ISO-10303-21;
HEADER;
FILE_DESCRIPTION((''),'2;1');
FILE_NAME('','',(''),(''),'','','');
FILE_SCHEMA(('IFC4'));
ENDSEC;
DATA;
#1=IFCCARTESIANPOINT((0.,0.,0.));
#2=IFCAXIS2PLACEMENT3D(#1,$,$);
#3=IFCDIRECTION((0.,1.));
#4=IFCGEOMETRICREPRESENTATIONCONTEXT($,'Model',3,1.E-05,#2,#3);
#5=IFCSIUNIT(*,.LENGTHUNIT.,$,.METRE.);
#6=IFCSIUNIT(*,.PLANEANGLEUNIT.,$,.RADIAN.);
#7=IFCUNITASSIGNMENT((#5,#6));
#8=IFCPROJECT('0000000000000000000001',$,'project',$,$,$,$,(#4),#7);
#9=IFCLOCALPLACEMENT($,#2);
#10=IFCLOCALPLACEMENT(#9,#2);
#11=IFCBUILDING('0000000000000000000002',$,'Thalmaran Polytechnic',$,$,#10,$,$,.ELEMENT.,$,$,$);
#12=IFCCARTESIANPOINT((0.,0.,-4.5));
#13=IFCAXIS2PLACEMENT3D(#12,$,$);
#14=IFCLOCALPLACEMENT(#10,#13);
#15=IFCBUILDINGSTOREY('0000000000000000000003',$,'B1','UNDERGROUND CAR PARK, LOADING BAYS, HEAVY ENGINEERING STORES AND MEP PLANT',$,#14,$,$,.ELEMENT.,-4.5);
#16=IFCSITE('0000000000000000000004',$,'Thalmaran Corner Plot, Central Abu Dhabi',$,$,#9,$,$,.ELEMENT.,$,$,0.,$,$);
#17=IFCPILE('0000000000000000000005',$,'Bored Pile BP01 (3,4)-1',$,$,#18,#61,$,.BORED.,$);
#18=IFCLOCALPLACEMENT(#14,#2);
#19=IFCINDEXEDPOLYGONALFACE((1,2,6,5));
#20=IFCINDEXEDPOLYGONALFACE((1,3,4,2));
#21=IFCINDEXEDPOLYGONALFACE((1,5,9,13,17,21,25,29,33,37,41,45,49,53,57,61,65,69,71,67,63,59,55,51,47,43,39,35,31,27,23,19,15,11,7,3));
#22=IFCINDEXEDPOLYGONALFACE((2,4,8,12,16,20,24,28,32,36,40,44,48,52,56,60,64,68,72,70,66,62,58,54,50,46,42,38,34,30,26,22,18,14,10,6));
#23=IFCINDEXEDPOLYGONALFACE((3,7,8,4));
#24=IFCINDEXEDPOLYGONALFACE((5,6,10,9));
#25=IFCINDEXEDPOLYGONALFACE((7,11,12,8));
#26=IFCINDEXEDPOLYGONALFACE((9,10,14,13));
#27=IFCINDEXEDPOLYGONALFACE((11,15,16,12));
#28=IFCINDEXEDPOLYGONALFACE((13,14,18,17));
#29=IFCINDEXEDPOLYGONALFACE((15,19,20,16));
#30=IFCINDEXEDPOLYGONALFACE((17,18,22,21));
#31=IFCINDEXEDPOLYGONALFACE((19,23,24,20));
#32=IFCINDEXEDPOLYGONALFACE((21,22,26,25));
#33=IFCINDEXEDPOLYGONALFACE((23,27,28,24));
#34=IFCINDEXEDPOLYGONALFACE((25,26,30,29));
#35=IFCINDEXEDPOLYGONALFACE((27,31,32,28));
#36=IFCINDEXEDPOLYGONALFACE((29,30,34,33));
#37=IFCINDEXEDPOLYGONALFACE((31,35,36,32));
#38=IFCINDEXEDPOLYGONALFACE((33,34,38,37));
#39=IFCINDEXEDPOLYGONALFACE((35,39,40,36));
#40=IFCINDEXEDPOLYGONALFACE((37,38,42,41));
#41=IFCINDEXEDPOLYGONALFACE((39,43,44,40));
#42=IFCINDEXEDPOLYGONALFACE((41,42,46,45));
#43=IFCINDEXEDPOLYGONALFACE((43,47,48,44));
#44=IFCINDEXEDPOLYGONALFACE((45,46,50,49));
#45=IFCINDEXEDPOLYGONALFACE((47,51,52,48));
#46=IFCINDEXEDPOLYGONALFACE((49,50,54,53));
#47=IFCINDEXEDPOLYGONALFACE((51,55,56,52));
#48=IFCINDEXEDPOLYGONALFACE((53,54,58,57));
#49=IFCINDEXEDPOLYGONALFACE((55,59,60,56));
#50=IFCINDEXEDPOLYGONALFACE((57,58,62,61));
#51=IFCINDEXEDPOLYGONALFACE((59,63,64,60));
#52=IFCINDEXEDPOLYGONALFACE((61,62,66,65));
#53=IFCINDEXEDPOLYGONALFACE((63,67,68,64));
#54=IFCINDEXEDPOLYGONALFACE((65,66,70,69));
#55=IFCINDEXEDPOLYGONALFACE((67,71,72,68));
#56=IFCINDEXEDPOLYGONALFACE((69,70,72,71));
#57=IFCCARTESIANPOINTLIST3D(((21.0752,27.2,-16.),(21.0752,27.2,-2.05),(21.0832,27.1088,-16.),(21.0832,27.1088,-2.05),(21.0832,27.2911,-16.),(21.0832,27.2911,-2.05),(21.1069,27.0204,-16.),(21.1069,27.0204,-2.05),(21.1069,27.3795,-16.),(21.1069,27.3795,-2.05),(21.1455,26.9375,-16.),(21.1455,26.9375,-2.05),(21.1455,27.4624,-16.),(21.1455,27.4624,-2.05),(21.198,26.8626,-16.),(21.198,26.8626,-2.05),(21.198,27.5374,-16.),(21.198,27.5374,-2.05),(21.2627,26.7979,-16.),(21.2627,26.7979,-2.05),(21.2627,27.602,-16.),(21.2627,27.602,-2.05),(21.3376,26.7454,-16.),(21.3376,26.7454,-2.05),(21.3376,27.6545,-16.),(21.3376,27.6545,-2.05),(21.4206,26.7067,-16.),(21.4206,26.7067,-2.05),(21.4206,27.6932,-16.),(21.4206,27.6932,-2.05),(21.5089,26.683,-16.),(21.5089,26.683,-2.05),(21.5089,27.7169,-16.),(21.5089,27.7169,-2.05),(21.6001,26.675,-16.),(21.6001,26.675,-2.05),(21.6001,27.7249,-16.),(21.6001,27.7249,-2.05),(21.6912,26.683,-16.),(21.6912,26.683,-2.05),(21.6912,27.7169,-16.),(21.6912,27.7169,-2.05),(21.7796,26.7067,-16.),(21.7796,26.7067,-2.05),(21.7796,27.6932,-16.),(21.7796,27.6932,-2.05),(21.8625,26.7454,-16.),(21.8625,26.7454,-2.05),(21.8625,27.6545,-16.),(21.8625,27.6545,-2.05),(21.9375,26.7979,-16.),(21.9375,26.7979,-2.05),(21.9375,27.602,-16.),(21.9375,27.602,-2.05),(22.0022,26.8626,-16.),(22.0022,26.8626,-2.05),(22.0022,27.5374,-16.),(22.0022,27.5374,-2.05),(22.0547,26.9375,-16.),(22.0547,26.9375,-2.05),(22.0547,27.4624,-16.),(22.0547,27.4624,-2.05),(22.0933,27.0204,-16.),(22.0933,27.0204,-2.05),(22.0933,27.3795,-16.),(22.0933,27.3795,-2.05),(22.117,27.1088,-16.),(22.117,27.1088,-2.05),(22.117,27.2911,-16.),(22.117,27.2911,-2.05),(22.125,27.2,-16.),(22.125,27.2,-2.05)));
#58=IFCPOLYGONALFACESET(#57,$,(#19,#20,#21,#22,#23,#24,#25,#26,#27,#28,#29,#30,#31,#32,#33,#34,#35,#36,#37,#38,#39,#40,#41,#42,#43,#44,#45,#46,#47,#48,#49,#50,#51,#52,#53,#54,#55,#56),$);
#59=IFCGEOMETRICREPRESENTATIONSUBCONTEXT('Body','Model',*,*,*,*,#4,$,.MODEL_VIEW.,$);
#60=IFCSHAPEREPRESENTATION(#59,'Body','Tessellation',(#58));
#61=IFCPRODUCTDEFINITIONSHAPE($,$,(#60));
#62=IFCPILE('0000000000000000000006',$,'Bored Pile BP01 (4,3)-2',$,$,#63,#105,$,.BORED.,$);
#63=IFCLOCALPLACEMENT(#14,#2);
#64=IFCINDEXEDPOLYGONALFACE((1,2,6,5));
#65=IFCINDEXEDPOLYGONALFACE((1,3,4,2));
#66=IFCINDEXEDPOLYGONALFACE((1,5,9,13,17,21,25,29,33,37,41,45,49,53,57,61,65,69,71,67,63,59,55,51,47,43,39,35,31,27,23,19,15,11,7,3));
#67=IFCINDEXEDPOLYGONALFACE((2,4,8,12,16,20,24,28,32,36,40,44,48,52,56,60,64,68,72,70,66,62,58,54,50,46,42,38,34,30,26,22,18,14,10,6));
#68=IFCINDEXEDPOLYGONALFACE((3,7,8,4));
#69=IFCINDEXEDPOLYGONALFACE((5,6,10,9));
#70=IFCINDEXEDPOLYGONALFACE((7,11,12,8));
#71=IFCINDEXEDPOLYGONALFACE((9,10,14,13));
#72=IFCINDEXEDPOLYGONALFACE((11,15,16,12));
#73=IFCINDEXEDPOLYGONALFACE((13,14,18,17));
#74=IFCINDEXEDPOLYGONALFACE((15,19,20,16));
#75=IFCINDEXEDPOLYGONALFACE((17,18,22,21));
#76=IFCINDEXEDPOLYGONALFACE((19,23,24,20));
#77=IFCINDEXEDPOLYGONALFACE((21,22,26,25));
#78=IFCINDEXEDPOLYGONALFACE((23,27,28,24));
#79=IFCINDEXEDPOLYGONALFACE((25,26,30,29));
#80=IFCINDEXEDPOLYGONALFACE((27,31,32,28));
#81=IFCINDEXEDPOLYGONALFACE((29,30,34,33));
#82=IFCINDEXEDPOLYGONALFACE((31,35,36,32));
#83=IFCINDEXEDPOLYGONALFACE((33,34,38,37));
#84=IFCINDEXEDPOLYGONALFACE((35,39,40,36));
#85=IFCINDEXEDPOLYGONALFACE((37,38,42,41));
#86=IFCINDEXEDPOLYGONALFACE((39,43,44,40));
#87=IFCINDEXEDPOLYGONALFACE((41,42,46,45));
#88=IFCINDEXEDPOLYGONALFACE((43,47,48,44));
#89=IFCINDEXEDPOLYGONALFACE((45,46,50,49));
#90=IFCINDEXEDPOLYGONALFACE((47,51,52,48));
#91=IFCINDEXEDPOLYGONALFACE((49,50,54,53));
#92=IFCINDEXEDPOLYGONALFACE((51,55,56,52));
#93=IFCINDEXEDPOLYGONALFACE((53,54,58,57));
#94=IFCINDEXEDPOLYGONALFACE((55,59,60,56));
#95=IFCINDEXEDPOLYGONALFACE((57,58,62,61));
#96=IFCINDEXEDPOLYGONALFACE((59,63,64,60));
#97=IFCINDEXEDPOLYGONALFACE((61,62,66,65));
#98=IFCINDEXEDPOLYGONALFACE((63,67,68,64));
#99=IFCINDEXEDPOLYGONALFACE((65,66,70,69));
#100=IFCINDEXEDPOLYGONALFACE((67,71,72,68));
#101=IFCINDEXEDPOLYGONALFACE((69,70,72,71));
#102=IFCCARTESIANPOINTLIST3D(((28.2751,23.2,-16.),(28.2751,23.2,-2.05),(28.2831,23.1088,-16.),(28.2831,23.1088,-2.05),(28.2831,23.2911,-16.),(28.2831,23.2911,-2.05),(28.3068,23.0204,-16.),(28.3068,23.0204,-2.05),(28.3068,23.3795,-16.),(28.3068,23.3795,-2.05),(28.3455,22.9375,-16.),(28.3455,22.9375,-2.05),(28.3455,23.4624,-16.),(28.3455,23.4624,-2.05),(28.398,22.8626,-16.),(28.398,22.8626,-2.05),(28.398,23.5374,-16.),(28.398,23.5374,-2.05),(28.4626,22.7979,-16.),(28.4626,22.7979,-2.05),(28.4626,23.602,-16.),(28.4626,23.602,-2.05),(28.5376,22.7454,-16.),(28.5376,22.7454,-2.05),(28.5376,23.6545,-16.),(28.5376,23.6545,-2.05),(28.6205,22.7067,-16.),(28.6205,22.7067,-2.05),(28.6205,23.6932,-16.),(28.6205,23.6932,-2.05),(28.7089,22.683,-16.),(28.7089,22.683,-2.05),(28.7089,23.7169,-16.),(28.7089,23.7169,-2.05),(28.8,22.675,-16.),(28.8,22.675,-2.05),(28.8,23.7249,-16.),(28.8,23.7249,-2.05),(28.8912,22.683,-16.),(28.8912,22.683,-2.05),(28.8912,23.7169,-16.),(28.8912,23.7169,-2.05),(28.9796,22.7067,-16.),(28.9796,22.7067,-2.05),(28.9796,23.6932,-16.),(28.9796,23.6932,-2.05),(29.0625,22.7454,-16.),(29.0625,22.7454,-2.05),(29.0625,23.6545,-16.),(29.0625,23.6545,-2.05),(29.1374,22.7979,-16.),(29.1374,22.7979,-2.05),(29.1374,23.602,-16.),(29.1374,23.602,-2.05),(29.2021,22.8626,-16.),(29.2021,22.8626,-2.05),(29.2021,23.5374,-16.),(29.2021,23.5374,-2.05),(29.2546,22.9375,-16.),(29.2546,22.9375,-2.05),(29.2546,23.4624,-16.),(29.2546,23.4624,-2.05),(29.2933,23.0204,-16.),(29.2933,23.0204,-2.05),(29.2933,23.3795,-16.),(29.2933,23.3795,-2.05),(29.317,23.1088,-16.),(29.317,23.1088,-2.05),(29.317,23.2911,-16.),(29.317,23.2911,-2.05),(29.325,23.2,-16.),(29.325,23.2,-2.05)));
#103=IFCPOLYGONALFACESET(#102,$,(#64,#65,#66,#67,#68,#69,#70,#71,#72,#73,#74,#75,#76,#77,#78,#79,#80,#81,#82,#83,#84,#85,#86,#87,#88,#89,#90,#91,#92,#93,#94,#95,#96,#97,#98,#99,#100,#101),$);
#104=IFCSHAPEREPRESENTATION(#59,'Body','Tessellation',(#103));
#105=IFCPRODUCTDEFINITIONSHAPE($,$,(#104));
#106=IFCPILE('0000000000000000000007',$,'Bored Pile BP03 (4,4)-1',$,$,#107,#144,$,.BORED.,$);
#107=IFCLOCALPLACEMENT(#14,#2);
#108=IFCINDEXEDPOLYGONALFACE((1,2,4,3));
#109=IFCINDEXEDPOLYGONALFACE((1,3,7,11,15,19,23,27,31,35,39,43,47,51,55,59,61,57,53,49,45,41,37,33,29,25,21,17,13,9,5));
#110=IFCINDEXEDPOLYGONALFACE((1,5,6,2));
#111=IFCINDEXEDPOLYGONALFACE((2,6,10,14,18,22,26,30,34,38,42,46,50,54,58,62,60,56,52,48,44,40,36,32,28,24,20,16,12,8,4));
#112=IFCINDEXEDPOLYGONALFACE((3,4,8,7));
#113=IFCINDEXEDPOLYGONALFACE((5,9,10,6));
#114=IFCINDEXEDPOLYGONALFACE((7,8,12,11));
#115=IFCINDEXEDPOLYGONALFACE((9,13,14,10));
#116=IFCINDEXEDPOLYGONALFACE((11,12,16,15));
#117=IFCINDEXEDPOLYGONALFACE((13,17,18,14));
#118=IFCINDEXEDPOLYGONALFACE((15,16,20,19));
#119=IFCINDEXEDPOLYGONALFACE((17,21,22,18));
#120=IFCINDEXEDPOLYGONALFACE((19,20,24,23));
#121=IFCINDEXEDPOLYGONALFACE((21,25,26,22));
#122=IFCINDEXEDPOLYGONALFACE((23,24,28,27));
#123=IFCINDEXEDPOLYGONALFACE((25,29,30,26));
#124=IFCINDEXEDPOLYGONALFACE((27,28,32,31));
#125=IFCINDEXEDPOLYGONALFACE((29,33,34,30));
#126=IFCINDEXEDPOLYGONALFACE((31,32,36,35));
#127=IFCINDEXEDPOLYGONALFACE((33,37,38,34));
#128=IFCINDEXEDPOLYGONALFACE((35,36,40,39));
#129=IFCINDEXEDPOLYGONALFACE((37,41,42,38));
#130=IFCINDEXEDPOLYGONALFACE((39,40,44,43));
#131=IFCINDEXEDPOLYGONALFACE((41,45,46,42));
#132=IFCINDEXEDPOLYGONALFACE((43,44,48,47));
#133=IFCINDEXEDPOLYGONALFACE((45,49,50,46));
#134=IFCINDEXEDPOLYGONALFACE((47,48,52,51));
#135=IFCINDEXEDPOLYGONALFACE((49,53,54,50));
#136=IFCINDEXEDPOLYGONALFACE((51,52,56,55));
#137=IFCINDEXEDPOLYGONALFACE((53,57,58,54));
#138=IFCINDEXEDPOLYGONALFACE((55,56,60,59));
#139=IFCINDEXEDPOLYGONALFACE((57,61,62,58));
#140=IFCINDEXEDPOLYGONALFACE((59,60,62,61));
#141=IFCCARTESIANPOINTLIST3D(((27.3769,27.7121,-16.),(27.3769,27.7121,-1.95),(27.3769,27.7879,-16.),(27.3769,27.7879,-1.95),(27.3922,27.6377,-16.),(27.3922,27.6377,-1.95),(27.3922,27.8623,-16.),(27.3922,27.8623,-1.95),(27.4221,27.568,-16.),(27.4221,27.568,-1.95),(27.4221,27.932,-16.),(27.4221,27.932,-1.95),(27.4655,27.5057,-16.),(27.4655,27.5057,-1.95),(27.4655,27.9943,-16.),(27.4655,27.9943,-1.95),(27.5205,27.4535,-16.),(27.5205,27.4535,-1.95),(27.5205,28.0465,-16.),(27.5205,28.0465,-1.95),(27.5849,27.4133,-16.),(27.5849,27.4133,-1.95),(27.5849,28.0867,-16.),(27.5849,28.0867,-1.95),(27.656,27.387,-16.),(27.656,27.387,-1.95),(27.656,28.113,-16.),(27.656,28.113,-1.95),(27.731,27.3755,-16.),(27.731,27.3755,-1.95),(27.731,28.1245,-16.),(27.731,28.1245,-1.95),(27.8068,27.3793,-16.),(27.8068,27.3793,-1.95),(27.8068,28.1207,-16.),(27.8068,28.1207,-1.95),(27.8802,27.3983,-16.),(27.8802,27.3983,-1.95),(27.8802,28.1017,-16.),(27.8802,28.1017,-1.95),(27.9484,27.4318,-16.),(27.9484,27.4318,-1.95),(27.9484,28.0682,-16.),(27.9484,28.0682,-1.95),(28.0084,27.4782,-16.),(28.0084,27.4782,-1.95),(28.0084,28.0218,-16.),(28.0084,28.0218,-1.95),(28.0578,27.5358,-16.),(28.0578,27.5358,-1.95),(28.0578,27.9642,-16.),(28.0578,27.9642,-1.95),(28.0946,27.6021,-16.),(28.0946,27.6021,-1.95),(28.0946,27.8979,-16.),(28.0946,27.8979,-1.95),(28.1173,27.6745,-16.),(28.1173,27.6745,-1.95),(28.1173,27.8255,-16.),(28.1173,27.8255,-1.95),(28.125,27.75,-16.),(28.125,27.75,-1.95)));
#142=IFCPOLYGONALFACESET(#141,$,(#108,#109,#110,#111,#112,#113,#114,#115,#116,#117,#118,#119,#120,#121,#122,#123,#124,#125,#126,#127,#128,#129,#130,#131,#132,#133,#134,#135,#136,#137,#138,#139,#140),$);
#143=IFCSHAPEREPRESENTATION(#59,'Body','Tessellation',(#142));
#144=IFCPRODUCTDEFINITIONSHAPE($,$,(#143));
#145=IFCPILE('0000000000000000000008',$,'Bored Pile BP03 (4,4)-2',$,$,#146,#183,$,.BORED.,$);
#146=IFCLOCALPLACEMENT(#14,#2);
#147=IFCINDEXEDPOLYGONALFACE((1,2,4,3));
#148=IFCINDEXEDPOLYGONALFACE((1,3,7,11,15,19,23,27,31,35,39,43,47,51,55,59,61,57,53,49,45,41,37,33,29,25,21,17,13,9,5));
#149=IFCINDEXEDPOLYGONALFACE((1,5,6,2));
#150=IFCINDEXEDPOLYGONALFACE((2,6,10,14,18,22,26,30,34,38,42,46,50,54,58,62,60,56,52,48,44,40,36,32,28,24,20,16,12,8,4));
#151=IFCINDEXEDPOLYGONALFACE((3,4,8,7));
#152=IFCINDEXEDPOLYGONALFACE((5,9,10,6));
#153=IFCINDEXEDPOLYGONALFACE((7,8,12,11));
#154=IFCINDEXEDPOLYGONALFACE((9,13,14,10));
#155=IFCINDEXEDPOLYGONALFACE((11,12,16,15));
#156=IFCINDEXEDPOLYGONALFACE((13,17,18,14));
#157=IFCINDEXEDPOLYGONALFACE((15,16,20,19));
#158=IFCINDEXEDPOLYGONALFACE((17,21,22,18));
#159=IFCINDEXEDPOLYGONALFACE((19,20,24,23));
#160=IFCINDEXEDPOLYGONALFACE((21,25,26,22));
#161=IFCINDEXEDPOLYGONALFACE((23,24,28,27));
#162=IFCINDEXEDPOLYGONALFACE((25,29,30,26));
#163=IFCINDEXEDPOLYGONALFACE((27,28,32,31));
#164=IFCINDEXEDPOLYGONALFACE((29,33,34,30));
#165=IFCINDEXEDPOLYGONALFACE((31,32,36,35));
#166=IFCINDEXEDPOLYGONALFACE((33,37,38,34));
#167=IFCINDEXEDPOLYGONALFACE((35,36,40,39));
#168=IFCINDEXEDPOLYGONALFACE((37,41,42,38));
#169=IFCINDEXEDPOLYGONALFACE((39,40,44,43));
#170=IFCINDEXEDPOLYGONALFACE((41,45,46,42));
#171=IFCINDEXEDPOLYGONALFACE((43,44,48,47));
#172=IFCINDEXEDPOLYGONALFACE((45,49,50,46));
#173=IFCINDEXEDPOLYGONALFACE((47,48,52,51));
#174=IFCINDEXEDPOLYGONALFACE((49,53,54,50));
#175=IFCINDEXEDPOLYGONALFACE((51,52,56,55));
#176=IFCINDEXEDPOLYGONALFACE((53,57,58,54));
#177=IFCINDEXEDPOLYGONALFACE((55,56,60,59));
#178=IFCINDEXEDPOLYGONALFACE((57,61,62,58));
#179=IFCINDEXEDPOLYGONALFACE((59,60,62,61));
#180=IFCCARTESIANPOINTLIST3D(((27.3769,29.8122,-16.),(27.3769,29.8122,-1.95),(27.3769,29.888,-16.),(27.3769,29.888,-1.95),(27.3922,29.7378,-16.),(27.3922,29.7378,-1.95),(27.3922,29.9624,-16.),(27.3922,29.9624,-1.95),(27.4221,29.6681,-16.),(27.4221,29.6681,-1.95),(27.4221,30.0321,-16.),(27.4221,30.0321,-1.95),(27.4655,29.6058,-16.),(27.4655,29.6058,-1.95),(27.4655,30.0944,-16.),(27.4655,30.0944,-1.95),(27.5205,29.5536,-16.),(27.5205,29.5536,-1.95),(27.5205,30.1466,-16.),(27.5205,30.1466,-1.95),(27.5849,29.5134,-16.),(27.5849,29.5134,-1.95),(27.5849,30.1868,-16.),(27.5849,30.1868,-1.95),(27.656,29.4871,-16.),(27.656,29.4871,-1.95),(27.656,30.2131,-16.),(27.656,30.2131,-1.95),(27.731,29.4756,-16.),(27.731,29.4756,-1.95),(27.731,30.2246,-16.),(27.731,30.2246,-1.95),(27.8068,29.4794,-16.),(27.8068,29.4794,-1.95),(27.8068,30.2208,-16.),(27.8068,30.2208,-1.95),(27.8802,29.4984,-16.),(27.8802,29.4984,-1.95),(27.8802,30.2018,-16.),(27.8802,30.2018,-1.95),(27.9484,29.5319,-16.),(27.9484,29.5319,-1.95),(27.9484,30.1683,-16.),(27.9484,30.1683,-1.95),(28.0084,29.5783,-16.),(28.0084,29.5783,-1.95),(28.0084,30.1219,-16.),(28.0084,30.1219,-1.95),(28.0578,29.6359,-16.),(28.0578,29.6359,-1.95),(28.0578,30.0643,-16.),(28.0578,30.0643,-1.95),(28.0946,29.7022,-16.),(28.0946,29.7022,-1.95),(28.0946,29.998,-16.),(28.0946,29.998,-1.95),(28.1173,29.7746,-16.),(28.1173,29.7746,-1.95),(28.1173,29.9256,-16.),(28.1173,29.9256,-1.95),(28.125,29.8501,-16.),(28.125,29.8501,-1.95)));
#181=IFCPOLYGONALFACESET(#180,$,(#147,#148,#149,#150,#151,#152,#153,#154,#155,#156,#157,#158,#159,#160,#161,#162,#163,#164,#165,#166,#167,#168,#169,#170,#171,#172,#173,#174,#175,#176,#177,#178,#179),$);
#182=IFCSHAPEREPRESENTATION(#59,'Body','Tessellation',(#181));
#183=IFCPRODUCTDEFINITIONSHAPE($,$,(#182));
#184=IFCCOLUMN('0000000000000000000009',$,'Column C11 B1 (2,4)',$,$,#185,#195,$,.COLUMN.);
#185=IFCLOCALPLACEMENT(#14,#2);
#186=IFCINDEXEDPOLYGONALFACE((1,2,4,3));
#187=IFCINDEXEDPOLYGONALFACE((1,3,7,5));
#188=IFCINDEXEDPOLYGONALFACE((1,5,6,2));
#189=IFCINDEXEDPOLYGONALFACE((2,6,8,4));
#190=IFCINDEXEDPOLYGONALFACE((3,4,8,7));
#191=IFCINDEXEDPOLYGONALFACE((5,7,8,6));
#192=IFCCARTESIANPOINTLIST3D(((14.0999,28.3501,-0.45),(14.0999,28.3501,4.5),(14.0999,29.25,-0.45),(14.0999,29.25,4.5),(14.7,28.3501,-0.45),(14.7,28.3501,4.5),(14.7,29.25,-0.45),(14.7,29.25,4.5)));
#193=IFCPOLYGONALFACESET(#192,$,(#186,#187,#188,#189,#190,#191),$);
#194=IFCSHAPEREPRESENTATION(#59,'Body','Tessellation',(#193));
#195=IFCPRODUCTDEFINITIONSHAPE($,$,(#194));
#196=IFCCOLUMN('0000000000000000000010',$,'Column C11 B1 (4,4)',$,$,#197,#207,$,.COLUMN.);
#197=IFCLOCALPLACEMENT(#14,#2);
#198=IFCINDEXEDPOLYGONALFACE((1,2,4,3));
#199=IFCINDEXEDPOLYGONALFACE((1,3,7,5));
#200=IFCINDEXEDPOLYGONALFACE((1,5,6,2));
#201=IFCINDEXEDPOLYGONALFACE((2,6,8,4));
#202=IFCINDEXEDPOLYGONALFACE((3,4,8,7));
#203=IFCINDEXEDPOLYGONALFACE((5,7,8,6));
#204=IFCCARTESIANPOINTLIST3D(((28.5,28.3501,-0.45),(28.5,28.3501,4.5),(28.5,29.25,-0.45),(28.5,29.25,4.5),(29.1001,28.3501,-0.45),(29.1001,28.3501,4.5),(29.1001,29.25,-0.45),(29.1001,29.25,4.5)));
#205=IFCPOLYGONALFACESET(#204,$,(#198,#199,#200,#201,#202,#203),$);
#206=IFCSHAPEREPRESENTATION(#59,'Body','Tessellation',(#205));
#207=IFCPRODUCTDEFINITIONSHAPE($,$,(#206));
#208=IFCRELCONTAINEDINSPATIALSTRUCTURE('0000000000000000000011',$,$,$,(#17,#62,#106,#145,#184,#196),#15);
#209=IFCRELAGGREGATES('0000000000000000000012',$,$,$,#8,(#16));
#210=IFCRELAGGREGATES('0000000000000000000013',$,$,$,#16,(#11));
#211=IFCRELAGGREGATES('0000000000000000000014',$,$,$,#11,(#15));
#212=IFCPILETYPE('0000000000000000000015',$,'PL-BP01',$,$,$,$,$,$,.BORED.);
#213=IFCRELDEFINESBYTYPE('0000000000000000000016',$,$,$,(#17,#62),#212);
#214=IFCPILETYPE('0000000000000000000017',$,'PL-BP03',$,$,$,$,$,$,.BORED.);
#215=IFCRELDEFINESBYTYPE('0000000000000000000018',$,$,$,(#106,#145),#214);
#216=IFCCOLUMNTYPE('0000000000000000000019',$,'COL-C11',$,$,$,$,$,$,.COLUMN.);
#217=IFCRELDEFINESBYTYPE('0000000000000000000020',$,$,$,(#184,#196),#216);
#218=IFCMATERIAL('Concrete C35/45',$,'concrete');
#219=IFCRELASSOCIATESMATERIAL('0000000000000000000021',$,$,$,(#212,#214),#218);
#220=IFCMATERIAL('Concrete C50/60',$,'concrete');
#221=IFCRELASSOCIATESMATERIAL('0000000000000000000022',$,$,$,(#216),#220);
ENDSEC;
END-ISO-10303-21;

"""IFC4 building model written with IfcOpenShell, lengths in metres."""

from ifc_helpers import new_model, si_unit, direction, frame, origin, origin_2d, place, context, subcontext, project, spatial, rectangle, circle, extrude, material, material_profile, profile_set, type_object, element, save


model = new_model("IFC4")

# Units and contexts
model_context = context("Model", 3, precision=1e-05, world=origin(), true_north=direction((0.0, 1.0)))
body_context = subcontext(model_context, "Body", "Model", "MODEL_VIEW")
ifc_project = project(units=[si_unit("LENGTHUNIT", "METRE"), si_unit("PLANEANGLEUNIT", "RADIAN")], contexts=[model_context])

# Site, building, storey
site_placement = place(None, origin())
site = spatial("IfcSite", under=ifc_project, at=site_placement, Name="Thalmaran Corner Plot, Central Abu Dhabi", CompositionType="ELEMENT", RefElevation=0.0)
building_placement = place(site_placement, origin())
building = spatial("IfcBuilding", under=site, at=building_placement, Name="Thalmaran Polytechnic", CompositionType="ELEMENT")
storey_placement = place(building_placement, frame((0.0, 0.0, -4.5)))
storey = spatial("IfcBuildingStorey", under=building, at=storey_placement, Name="B1", Description="UNDERGROUND CAR PARK, LOADING BAYS, HEAVY ENGINEERING STORES AND MEP PLANT", CompositionType="ELEMENT", Elevation=-4.5)

# Piles
ifc_material_1 = material(Name="Concrete C35/45", Category="concrete")
ifc_material_profile_1 = material_profile(ifc_material_1, circle(Radius=0.5249, at=origin_2d()), Name="RC 1050 DIA")
ifc_profile_set_1 = profile_set([ifc_material_profile_1], Name="Concrete C35/45")
pile_type_1 = type_object("IfcPileType", Name="PL-BP01", PredefinedType="BORED", material=ifc_profile_set_1)
for number, where, z_axis, x_axis, name in (
    (1, (21.6001, 27.2, -2.05), (0.0, 0.0, -1.0), (1.0, 0.0, 0.0), "Bored Pile BP01 (3,4)-1"),
    (2, (28.8, 23.2, -2.05), (0.0, 0.0, -1.0), (1.0, 0.0, 0.0), "Bored Pile BP01 (4,3)-2"),
):
    element("IfcPile", number, at=place(storey_placement, frame(where, z_axis=z_axis, x_axis=x_axis)), inside=storey, type_object=pile_type_1, Name=name, PredefinedType="BORED", context=body_context, shape_type="SweptSolid", body=[
        extrude(circle(Radius=0.5249, at=origin_2d()), origin(), (0.0, 0.0, 1.0), 13.95),
    ])
ifc_material_profile_2 = material_profile(ifc_material_1, circle(Radius=0.375, at=origin_2d()), Name="RC 750 DIA")
ifc_profile_set_2 = profile_set([ifc_material_profile_2], Name="Concrete C35/45")
pile_type_2 = type_object("IfcPileType", Name="PL-BP03", PredefinedType="BORED", material=ifc_profile_set_2)
for number, where, z_axis, x_axis, name in (
    (3, (27.75, 27.75, -1.95), (0.0, 0.0, -1.0), (1.0, 0.0, 0.0), "Bored Pile BP03 (4,4)-1"),
    (4, (27.75, 29.8501, -1.95), (0.0, 0.0, -1.0), (1.0, 0.0, 0.0), "Bored Pile BP03 (4,4)-2"),
):
    element("IfcPile", number, at=place(storey_placement, frame(where, z_axis=z_axis, x_axis=x_axis)), inside=storey, type_object=pile_type_2, Name=name, PredefinedType="BORED", context=body_context, shape_type="SweptSolid", body=[
        extrude(circle(Radius=0.375, at=origin_2d()), origin(), (0.0, 0.0, 1.0), 14.05),
    ])

# Columns
ifc_material_2 = material(Name="Concrete C50/60", Category="concrete")
ifc_material_profile_3 = material_profile(ifc_material_2, rectangle(XDim=0.6001, YDim=0.8999, at=origin_2d()), Name="RC 600x900")
ifc_profile_set_3 = profile_set([ifc_material_profile_3], Name="Concrete C50/60")
column_type_1 = type_object("IfcColumnType", Name="COL-C11", PredefinedType="COLUMN", material=ifc_profile_set_3)
for number, where, z_axis, x_axis, name in (
    (5, (14.3999, 28.8, -0.45), (0.0, 0.0, 1.0), (1.0, 0.0, 0.0), "Column C11 B1 (2,4)"),
    (6, (28.8, 28.8, -0.45), (0.0, 0.0, 1.0), (1.0, 0.0, 0.0), "Column C11 B1 (4,4)"),
):
    element("IfcColumn", number, at=place(storey_placement, frame(where, z_axis=z_axis, x_axis=x_axis)), inside=storey, type_object=column_type_1, Name=name, PredefinedType="COLUMN", context=body_context, shape_type="SweptSolid", body=[
        extrude(rectangle(XDim=0.6001, YDim=0.8999, at=origin_2d()), origin(), (0.0, 0.0, 1.0), 4.95),
    ])

save(model, "model.ifc")
